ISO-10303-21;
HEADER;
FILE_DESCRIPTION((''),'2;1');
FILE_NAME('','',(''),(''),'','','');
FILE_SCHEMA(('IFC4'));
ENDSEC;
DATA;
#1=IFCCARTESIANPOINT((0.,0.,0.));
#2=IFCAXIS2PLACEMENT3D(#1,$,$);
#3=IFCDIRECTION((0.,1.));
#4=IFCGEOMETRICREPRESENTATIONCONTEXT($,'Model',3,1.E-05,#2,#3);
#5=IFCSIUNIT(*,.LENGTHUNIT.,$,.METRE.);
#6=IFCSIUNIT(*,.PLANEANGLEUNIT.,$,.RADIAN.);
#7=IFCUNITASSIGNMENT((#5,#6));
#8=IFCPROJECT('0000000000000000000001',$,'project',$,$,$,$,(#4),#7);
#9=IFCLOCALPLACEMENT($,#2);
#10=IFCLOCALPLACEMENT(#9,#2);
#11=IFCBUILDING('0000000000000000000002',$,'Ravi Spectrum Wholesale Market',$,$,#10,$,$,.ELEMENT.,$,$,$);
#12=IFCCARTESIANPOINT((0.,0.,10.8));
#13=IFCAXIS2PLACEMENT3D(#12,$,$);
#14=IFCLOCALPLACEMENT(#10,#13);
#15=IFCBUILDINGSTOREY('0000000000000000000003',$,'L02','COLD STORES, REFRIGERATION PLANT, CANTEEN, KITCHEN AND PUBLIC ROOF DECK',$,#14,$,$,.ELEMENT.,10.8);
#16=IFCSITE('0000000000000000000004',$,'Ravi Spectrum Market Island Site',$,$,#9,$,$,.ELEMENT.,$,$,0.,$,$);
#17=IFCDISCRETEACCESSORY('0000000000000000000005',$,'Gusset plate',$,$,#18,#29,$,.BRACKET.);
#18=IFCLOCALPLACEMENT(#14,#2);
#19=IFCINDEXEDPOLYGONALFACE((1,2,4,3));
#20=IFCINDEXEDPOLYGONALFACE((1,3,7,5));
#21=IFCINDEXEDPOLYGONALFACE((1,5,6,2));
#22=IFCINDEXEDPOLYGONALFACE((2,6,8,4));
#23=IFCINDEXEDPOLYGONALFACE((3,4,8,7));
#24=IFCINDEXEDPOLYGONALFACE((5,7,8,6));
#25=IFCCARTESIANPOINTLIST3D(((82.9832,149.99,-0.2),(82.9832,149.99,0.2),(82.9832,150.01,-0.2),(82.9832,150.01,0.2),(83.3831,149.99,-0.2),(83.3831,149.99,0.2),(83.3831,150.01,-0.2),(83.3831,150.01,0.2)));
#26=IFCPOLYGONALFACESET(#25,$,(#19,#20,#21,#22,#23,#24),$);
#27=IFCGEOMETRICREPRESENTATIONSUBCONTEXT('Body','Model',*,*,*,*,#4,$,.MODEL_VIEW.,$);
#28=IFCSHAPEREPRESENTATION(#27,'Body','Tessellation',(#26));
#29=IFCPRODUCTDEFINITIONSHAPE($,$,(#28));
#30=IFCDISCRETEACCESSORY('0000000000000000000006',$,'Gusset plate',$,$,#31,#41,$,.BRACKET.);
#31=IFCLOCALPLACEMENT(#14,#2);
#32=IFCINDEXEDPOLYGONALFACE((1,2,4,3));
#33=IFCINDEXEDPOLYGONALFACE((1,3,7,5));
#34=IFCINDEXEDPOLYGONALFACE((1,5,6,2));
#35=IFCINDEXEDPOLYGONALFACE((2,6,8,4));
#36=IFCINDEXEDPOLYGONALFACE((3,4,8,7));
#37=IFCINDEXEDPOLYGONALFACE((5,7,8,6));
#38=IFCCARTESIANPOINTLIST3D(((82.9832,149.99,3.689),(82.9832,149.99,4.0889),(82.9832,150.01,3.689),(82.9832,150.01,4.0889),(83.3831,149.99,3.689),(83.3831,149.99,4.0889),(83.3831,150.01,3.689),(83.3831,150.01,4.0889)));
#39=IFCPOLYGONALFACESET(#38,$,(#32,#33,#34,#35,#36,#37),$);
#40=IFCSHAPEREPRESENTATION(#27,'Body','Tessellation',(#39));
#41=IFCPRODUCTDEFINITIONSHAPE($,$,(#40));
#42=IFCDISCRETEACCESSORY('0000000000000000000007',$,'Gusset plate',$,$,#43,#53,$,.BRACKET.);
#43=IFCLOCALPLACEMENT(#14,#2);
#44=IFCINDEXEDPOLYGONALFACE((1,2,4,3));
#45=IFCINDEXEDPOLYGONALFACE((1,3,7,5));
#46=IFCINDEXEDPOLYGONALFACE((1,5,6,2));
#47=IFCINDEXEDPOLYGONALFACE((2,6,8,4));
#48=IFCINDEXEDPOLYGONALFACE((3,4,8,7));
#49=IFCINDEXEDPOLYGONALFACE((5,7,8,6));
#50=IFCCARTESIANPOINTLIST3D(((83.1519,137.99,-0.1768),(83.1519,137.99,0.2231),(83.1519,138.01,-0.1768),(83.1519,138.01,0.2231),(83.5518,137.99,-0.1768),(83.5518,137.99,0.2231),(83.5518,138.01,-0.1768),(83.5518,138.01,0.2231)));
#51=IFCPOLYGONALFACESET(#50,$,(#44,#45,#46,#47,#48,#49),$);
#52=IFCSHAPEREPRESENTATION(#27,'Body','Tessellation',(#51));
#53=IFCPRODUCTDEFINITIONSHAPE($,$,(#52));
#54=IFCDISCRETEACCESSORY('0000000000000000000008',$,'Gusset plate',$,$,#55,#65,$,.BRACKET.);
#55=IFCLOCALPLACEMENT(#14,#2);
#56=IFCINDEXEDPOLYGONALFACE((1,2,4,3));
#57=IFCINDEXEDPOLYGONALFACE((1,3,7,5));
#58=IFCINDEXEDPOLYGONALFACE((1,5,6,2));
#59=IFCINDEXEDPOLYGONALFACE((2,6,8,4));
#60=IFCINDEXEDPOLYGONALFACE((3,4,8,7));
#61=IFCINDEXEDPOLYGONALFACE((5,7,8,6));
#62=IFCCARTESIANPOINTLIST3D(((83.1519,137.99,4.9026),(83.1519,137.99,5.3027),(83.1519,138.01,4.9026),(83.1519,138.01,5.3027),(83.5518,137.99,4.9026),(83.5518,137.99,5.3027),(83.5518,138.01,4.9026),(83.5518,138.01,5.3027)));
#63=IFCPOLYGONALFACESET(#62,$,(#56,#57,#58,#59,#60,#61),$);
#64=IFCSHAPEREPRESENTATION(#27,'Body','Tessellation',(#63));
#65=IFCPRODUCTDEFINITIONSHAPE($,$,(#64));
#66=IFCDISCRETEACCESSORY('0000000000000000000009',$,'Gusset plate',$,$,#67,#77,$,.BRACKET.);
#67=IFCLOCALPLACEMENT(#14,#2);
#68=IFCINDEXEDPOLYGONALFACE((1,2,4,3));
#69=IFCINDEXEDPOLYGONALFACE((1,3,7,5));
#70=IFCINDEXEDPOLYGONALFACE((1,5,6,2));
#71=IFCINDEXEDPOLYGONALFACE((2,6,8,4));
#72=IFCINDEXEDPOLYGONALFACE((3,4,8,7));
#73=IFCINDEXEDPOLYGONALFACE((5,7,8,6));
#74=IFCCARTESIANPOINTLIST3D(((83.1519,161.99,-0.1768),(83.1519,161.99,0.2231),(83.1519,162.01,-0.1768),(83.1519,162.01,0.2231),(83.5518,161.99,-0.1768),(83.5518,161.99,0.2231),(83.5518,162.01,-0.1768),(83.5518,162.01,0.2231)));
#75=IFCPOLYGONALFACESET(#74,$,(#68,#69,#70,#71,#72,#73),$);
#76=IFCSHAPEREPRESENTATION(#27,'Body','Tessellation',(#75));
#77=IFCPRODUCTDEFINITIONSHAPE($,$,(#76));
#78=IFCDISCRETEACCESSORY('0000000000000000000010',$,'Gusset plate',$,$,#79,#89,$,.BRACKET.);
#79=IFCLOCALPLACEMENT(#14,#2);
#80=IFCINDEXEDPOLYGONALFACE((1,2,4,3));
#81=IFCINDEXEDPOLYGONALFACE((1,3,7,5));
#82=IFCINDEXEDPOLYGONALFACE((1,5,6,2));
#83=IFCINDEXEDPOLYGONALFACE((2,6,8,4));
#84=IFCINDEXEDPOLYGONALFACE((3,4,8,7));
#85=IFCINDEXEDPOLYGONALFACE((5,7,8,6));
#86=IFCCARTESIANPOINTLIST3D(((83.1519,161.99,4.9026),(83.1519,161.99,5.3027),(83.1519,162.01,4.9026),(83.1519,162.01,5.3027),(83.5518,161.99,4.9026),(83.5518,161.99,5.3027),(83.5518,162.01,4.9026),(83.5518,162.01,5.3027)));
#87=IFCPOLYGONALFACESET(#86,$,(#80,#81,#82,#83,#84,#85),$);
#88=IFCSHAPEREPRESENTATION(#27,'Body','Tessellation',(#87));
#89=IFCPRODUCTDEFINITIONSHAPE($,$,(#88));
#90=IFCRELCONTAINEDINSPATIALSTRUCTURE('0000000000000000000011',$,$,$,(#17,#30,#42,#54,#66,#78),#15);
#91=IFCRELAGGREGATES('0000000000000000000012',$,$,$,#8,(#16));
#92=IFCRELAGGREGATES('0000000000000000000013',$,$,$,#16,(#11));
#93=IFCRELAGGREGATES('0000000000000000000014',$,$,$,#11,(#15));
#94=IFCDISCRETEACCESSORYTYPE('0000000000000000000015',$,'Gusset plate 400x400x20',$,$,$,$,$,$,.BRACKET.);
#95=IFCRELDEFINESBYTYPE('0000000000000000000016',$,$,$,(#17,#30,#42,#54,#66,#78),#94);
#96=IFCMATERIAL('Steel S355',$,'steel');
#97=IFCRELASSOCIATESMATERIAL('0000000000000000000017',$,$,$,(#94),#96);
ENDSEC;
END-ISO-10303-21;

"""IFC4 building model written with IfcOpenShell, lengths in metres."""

from ifc_helpers import new_model, si_unit, direction, frame, origin, origin_2d, place, context, subcontext, project, spatial, rectangle, extrude, material, material_profile, profile_set, type_object, element, save


model = new_model("IFC4")

# Units and contexts
model_context = context("Model", 3, precision=1e-05, world=origin(), true_north=direction((0.0, 1.0)))
body_context = subcontext(model_context, "Body", "Model", "MODEL_VIEW")
ifc_project = project(units=[si_unit("LENGTHUNIT", "METRE"), si_unit("PLANEANGLEUNIT", "RADIAN")], contexts=[model_context])

# Site, building, storey
site_placement = place(None, origin())
site = spatial("IfcSite", under=ifc_project, at=site_placement, Name="Ravi Spectrum Market Island Site", CompositionType="ELEMENT", RefElevation=0.0)
building_placement = place(site_placement, origin())
building = spatial("IfcBuilding", under=site, at=building_placement, Name="Ravi Spectrum Wholesale Market", CompositionType="ELEMENT")
storey_placement = place(building_placement, frame((0.0, 0.0, 10.8)))
storey = spatial("IfcBuildingStorey", under=building, at=storey_placement, Name="L02", Description="COLD STORES, REFRIGERATION PLANT, CANTEEN, KITCHEN AND PUBLIC ROOF DECK", CompositionType="ELEMENT", Elevation=10.8)

# Discrete accessories
ifc_material_1 = material(Name="Steel S355", Category="steel")
ifc_material_profile_1 = material_profile(ifc_material_1, rectangle(XDim=0.3999, YDim=0.02, at=origin_2d()))
ifc_profile_set_1 = profile_set([ifc_material_profile_1], Name="Steel S355")
discrete_accessory_type_1 = type_object("IfcDiscreteAccessoryType", Name="Gusset plate 400x400x20", PredefinedType="BRACKET", material=ifc_profile_set_1)
for number, where, z_axis, x_axis, name in (
    (1, (83.1831, 150.0, -0.2), (0.0, 0.0, 1.0), (1.0, 0.0, 0.0), "Gusset plate"),
    (2, (83.1831, 150.0, 3.689), (0.0, 0.0, 1.0), (-1.0, 0.0, 0.0), "Gusset plate"),
    (3, (83.3518, 138.0, -0.1768), (0.0, 0.0, 1.0), (1.0, 0.0, 0.0), "Gusset plate"),
):
    element("IfcDiscreteAccessory", number, at=place(storey_placement, frame(where, z_axis=z_axis, x_axis=x_axis)), inside=storey, type_object=discrete_accessory_type_1, Name=name, PredefinedType="BRACKET", context=body_context, shape_type="SweptSolid", body=[
        extrude(rectangle(XDim=0.3999, YDim=0.02, at=origin_2d()), origin(), (0.0, 0.0, 1.0), 0.3999),
    ])
discrete_accessory_1_placement = place(storey_placement, frame((83.3518, 138.0, 4.9026), z_axis=(0.0, 0.0, 1.0), x_axis=(-1.0, 0.0, 0.0)))
element("IfcDiscreteAccessory", 4, at=discrete_accessory_1_placement, inside=storey, type_object=discrete_accessory_type_1, Name="Gusset plate", PredefinedType="BRACKET", context=body_context, shape_type="SweptSolid", body=[
    extrude(rectangle(XDim=0.3999, YDim=0.02, at=origin_2d()), origin(), (0.0, 0.0, 1.0), 0.4001),
])
discrete_accessory_2_placement = place(storey_placement, frame((83.3518, 162.0, -0.1768), z_axis=(0.0, 0.0, 1.0), x_axis=(1.0, 0.0, 0.0)))
element("IfcDiscreteAccessory", 5, at=discrete_accessory_2_placement, inside=storey, type_object=discrete_accessory_type_1, Name="Gusset plate", PredefinedType="BRACKET", context=body_context, shape_type="SweptSolid", body=[
    extrude(rectangle(XDim=0.3999, YDim=0.02, at=origin_2d()), origin(), (0.0, 0.0, 1.0), 0.3999),
])
discrete_accessory_3_placement = place(storey_placement, frame((83.3518, 162.0, 4.9026), z_axis=(0.0, 0.0, 1.0), x_axis=(-1.0, 0.0, 0.0)))
element("IfcDiscreteAccessory", 6, at=discrete_accessory_3_placement, inside=storey, type_object=discrete_accessory_type_1, Name="Gusset plate", PredefinedType="BRACKET", context=body_context, shape_type="SweptSolid", body=[
    extrude(rectangle(XDim=0.3999, YDim=0.02, at=origin_2d()), origin(), (0.0, 0.0, 1.0), 0.4001),
])

save(model, "model.ifc")
